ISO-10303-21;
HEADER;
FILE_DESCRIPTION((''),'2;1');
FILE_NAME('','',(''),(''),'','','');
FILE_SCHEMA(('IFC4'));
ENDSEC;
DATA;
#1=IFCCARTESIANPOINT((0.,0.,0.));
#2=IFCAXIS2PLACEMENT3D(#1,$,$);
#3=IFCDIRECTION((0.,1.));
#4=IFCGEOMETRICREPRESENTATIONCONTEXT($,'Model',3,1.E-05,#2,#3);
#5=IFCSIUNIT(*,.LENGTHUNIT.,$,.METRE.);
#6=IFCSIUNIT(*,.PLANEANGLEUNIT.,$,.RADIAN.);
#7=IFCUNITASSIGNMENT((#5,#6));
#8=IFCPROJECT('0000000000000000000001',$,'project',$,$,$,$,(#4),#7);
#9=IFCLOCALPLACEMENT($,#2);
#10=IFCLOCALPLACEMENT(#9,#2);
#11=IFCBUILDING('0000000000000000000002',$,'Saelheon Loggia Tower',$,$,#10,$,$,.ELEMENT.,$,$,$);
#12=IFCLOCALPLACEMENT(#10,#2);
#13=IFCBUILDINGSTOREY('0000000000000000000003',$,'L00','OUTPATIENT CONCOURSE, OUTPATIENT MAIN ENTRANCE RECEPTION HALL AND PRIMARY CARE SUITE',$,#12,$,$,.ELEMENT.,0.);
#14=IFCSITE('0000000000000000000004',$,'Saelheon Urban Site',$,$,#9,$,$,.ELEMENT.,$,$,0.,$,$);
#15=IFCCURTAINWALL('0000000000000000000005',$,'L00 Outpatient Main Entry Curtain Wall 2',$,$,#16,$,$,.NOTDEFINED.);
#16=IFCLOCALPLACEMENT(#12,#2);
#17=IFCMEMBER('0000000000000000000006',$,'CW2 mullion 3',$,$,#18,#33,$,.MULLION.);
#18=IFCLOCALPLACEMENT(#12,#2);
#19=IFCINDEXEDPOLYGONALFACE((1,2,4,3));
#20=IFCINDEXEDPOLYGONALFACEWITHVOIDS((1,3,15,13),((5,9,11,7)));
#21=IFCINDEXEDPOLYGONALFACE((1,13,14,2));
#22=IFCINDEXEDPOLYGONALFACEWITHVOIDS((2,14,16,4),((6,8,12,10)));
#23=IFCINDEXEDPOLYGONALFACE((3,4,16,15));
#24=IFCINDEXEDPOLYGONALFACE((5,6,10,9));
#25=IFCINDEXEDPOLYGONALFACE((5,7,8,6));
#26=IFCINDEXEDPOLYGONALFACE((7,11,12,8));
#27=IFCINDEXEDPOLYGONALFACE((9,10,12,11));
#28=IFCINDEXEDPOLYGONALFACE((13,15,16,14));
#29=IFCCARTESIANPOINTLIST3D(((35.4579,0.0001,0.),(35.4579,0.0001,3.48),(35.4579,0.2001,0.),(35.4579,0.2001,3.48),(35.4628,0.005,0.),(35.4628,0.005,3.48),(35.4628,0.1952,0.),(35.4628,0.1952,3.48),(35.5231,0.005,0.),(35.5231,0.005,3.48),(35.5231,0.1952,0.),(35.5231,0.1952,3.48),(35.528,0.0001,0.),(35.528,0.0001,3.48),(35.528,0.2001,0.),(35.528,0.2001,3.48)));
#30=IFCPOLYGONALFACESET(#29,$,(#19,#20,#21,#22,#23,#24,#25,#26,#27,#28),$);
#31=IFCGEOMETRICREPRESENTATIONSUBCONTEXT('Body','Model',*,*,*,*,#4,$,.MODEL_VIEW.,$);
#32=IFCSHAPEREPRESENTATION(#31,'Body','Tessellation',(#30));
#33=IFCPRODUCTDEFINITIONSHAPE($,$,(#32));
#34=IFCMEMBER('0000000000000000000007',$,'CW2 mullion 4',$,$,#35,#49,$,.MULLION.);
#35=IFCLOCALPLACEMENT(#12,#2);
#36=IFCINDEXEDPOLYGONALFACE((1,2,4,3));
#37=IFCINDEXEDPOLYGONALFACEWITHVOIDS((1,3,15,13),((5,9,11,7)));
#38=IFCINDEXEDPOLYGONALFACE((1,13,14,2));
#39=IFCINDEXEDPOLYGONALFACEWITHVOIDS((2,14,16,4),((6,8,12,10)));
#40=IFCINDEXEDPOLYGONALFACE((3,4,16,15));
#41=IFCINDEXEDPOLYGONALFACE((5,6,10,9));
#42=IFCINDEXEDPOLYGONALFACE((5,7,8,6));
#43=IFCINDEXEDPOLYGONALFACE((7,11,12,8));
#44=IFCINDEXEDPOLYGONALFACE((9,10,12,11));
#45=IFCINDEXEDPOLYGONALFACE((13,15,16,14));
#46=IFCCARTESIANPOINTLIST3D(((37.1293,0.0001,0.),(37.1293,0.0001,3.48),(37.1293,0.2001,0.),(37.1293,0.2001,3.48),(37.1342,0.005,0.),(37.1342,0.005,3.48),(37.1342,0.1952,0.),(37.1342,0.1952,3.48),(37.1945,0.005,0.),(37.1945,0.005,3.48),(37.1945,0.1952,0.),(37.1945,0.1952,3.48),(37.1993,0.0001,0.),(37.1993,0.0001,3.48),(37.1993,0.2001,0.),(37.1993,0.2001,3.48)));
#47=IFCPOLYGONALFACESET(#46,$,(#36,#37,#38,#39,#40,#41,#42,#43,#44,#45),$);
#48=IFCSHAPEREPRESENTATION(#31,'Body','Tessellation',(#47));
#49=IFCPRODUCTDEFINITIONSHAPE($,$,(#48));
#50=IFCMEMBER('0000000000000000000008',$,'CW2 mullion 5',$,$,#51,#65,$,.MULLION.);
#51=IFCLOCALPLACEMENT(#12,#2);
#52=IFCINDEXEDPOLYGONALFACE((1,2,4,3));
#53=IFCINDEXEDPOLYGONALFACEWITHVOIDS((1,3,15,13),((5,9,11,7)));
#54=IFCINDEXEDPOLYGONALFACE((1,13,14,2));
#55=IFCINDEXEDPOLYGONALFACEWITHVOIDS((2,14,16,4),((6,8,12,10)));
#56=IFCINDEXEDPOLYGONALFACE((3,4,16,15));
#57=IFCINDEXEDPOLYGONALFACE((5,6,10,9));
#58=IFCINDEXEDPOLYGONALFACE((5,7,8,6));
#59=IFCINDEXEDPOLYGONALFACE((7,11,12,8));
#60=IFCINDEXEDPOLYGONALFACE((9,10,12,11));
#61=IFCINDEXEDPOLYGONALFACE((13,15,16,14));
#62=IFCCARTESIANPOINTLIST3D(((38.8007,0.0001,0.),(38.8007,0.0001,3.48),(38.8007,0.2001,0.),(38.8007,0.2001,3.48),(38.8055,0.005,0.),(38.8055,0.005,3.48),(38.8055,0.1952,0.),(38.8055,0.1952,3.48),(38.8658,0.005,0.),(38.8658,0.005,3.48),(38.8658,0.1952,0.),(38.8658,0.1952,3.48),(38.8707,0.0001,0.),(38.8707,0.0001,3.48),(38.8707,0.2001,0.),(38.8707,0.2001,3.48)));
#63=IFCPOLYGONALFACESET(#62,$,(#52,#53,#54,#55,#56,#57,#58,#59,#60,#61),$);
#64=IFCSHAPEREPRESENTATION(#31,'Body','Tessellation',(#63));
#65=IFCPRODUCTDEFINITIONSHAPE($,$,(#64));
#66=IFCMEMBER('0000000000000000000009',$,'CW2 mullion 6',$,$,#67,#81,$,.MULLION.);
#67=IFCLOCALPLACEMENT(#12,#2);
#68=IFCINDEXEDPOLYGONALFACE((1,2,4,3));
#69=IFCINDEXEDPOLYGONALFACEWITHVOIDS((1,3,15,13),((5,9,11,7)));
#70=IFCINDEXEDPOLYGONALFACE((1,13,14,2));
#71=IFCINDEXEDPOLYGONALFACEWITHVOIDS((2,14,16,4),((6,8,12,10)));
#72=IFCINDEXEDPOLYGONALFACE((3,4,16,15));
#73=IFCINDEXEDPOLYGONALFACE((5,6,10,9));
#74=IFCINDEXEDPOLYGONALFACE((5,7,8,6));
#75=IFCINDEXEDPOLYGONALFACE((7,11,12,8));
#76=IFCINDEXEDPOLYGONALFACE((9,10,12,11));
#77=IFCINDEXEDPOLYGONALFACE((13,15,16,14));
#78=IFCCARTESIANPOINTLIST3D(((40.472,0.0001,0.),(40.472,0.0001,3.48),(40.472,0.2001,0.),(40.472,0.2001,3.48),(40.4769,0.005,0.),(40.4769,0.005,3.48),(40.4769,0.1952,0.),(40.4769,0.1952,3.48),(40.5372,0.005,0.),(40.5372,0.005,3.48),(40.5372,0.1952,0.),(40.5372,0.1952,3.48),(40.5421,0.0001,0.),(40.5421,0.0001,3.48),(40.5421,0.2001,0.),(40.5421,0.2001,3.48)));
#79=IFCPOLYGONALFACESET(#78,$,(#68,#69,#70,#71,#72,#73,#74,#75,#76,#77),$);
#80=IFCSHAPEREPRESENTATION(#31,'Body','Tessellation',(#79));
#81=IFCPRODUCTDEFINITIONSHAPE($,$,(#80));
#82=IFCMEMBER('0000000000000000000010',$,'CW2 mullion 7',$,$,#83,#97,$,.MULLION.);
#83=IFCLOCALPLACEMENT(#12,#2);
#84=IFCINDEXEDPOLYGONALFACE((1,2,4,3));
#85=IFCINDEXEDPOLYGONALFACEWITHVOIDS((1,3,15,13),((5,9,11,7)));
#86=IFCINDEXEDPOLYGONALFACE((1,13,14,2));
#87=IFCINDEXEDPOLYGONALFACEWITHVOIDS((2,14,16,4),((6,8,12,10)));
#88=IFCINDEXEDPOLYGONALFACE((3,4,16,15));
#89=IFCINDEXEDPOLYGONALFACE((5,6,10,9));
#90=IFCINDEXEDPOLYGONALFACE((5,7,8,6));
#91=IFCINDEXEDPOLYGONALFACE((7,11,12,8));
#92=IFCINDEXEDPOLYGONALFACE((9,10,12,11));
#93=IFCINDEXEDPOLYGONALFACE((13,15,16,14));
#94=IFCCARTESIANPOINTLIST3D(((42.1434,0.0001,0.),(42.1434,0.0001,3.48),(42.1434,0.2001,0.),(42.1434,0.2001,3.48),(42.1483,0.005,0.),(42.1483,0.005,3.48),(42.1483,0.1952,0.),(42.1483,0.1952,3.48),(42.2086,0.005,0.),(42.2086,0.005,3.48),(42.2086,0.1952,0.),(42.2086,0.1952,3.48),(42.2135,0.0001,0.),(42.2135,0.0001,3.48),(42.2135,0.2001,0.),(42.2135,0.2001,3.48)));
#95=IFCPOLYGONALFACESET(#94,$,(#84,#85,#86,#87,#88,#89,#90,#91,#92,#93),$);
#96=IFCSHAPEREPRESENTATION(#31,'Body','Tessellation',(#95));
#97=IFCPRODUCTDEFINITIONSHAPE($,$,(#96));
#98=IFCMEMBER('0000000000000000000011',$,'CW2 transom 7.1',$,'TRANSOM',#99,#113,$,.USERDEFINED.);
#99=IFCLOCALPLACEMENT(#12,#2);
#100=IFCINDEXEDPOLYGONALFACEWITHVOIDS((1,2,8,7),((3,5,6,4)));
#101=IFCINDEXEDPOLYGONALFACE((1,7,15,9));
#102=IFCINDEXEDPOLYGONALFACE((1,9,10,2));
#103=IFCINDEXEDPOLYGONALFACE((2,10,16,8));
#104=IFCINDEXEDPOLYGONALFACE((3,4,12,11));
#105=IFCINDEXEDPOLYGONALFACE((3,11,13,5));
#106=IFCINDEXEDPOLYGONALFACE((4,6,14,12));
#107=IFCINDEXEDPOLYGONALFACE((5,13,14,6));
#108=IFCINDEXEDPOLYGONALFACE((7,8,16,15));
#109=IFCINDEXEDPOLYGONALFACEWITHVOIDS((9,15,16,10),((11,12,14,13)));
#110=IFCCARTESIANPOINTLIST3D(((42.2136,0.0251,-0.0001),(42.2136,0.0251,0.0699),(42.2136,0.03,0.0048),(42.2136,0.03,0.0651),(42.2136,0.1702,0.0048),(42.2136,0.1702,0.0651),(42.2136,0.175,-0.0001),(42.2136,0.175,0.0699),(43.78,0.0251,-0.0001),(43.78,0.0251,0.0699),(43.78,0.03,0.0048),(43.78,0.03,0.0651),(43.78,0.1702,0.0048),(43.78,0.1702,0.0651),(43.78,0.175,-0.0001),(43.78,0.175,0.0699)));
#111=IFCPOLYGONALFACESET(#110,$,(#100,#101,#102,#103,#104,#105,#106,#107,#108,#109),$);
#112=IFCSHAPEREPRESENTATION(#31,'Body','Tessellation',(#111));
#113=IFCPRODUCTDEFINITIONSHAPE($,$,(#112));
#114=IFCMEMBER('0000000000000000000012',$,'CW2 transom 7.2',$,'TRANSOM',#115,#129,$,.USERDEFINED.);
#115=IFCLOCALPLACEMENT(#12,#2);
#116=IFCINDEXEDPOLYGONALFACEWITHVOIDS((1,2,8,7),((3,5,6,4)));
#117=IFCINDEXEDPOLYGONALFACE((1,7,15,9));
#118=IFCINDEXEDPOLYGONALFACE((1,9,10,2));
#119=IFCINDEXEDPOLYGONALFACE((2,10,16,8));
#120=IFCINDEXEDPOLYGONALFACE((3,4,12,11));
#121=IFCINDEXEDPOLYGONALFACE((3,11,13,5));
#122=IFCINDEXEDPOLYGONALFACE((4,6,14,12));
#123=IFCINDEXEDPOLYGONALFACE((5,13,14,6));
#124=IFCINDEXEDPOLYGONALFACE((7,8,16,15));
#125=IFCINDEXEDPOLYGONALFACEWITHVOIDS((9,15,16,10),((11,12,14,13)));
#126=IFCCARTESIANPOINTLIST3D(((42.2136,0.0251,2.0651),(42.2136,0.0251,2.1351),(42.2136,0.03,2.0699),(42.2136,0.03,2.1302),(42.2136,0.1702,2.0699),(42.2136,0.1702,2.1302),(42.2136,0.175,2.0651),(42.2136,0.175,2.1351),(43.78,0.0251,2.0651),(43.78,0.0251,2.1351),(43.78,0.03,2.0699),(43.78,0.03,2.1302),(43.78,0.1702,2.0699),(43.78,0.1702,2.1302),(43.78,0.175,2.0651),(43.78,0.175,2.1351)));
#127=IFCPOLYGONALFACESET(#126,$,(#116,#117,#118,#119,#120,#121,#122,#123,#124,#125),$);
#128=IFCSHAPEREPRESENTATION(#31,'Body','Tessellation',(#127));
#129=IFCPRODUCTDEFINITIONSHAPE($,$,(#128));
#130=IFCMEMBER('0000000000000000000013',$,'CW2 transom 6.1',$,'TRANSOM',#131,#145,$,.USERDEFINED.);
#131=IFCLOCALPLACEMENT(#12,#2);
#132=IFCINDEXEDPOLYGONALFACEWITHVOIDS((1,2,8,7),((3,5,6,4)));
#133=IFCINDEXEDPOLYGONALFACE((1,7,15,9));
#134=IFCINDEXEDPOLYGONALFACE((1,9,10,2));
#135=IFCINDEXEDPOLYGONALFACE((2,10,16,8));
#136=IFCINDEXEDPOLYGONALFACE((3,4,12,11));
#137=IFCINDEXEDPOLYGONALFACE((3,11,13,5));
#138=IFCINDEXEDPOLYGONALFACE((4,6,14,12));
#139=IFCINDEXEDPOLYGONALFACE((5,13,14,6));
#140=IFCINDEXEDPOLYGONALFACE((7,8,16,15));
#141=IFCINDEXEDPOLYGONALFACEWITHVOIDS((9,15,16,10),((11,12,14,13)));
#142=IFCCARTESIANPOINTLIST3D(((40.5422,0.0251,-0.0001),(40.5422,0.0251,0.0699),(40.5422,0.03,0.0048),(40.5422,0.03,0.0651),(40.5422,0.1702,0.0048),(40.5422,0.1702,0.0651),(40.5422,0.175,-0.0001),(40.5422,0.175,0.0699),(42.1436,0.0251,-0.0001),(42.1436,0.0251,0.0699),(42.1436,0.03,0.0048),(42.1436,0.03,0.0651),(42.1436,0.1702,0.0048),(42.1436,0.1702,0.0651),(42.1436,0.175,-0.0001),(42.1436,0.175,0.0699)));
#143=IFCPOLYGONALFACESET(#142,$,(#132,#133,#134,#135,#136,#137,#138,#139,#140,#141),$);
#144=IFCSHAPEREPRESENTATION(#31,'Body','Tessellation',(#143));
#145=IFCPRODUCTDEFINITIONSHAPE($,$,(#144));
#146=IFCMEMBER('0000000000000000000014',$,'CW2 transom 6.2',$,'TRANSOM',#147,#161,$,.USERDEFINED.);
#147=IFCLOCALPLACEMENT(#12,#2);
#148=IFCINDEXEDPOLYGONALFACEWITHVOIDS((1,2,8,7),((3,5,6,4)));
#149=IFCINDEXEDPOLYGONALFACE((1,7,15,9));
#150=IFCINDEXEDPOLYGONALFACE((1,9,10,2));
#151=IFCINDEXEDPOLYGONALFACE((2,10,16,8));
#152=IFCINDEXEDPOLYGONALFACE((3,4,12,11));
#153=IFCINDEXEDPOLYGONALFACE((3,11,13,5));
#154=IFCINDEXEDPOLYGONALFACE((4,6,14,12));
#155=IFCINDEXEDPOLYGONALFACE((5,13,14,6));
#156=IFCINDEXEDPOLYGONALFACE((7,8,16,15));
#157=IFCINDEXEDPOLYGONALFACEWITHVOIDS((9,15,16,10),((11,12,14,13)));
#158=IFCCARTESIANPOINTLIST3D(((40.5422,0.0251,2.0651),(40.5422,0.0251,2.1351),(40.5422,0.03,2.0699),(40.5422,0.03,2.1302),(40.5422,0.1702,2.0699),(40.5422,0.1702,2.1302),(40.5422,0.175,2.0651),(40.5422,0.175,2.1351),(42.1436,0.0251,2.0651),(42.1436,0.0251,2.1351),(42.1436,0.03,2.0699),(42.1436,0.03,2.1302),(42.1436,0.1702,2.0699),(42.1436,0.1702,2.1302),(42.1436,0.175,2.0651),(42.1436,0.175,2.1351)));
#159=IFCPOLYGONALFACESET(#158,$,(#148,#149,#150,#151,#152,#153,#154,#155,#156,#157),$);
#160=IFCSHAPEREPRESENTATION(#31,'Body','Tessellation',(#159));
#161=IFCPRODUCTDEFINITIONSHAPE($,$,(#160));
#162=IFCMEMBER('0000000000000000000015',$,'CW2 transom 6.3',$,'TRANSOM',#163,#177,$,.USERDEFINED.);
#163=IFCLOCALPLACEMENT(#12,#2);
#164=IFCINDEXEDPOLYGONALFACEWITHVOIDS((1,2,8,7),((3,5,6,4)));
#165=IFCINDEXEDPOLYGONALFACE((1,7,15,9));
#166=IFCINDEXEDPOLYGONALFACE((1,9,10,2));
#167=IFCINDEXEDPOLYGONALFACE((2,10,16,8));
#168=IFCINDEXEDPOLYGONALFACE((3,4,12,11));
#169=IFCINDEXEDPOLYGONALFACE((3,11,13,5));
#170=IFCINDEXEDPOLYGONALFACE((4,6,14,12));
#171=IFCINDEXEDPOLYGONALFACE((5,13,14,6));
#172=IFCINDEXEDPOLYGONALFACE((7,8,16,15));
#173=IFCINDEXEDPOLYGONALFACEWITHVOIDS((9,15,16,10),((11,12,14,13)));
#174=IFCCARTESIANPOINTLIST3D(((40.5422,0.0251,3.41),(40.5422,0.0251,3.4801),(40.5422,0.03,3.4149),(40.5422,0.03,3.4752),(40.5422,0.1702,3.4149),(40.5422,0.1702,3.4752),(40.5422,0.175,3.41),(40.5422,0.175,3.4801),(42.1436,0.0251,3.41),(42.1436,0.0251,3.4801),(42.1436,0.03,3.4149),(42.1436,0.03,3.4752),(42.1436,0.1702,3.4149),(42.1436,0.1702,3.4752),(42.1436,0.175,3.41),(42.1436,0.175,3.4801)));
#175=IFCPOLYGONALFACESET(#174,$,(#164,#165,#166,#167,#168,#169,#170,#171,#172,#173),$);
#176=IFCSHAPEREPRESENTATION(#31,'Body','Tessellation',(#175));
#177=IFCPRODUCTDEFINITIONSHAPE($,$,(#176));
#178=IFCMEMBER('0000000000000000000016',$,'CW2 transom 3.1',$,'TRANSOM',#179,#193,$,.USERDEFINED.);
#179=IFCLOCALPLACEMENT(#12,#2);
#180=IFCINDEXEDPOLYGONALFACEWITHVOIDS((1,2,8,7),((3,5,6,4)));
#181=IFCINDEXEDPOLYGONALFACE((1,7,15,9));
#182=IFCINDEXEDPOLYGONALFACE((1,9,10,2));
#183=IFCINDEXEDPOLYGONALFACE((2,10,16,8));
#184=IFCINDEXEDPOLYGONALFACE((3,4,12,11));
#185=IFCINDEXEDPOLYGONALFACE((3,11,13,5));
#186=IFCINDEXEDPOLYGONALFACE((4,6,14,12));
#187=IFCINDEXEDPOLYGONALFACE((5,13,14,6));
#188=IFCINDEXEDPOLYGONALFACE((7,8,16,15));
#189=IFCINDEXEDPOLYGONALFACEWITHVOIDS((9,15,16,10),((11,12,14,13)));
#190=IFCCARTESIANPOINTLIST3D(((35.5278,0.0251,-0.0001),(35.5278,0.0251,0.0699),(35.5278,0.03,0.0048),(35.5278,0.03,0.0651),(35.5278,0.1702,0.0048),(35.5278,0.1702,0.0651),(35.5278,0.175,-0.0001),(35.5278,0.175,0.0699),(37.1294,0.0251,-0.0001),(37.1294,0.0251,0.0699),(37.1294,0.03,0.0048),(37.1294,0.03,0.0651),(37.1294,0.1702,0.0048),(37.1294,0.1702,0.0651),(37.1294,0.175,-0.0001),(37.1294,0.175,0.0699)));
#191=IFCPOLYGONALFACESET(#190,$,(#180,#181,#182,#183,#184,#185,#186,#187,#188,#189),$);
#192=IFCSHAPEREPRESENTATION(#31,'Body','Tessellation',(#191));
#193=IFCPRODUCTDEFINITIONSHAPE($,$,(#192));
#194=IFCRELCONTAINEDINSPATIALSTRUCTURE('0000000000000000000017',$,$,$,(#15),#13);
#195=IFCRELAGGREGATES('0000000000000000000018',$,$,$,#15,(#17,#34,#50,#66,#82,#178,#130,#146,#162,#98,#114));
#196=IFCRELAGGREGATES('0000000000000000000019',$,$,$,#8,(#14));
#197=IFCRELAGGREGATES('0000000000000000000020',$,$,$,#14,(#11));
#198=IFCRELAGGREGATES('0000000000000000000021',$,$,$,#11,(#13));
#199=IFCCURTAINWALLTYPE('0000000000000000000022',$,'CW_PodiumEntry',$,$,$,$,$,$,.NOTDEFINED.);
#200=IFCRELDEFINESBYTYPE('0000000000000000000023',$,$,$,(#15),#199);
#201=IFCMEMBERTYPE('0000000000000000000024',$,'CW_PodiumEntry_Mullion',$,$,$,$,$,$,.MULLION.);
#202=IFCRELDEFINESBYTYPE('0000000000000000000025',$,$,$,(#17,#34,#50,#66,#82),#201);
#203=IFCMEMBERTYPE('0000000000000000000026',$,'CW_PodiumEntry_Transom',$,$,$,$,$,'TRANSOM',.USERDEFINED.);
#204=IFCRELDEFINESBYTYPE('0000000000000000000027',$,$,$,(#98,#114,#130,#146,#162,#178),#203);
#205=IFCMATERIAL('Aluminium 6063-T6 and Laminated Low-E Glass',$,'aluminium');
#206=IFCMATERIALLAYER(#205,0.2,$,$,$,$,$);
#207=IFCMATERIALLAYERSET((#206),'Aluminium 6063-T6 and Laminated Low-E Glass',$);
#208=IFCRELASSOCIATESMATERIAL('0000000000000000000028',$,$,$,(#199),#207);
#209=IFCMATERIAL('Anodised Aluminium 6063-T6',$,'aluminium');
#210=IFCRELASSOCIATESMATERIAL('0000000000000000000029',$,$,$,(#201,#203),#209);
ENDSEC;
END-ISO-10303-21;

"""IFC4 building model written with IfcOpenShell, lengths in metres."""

from ifc_helpers import new_model, si_unit, direction, frame, origin, origin_2d, place, context, subcontext, project, spatial, hollow_rectangle, extrude, source, transform, mapped, material, layer, layer_set, material_profile, profile_set, type_object, element, aggregate, save


model = new_model("IFC4")

# Units and contexts
model_context = context("Model", 3, precision=1e-05, world=origin(), true_north=direction((0.0, 1.0)))
body_context = subcontext(model_context, "Body", "Model", "MODEL_VIEW")
ifc_project = project(units=[si_unit("LENGTHUNIT", "METRE"), si_unit("PLANEANGLEUNIT", "RADIAN")], contexts=[model_context])

# Site, building, storey
site_placement = place(None, origin())
site = spatial("IfcSite", under=ifc_project, at=site_placement, Name="Saelheon Urban Site", CompositionType="ELEMENT", RefElevation=0.0)
building_placement = place(site_placement, origin())
building = spatial("IfcBuilding", under=site, at=building_placement, Name="Saelheon Loggia Tower", CompositionType="ELEMENT")
storey_placement = place(building_placement, origin())
storey = spatial("IfcBuildingStorey", under=building, at=storey_placement, Name="L00", Description="OUTPATIENT CONCOURSE, OUTPATIENT MAIN ENTRANCE RECEPTION HALL AND PRIMARY CARE SUITE", CompositionType="ELEMENT", Elevation=0.0)

# Curtain wall, members
ifc_material_1 = material(Name="Aluminium 6063-T6 and Laminated Low-E Glass", Category="aluminium")
ifc_layer_1 = layer(ifc_material_1, 0.2)
ifc_layer_set_1 = layer_set([ifc_layer_1], Name="Aluminium 6063-T6 and Laminated Low-E Glass")
curtain_wall_type = type_object("IfcCurtainWallType", Name="CW_PodiumEntry", PredefinedType="NOTDEFINED", material=ifc_layer_set_1)
curtain_wall_placement = place(storey_placement, origin())
curtain_wall = element("IfcCurtainWall", 1, at=curtain_wall_placement, inside=storey, type_object=curtain_wall_type, Name="L00 Outpatient Main Entry Curtain Wall 2", PredefinedType="NOTDEFINED")
ifc_material_2 = material(Name="Anodised Aluminium 6063-T6", Category="aluminium")
ifc_material_profile_1 = material_profile(ifc_material_2, hollow_rectangle(XDim=0.0701, YDim=0.2, WallThickness=0.0049, at=origin_2d()), Name="RHS-200x70x5")
ifc_profile_set_1 = profile_set([ifc_material_profile_1], Name="Anodised Aluminium 6063-T6")
member_type_1 = type_object("IfcMemberType", Name="CW_PodiumEntry_Mullion", PredefinedType="MULLION", material=ifc_profile_set_1)
shared_shape_1 = source(origin(), body_context, "Body", "SweptSolid", [
    extrude(hollow_rectangle(XDim=0.0701, YDim=0.2, WallThickness=0.0049, at=origin_2d()), origin(), (0.0, 0.0, 1.0), 3.48),
])
member_1_placement = place(storey_placement, frame((35.4929, 0.1001, 0.0), z_axis=(0.0, 0.0, 1.0), x_axis=(1.0, 0.0, 0.0)))
member_1 = element("IfcMember", 2, at=member_1_placement, type_object=member_type_1, Name="CW2 mullion 3", PredefinedType="MULLION", context=body_context, shape_type="MappedRepresentation", body=[
    mapped(shared_shape_1, transform((0.0, 0.0, 0.0), scale=1.0)),
])
member_2_placement = place(storey_placement, frame((37.1643, 0.1001, 0.0), z_axis=(0.0, 0.0, 1.0), x_axis=(1.0, 0.0, 0.0)))
member_2 = element("IfcMember", 3, at=member_2_placement, type_object=member_type_1, Name="CW2 mullion 4", PredefinedType="MULLION", context=body_context, shape_type="MappedRepresentation", body=[
    mapped(shared_shape_1, transform((0.0, 0.0, 0.0), scale=1.0)),
])
member_3_placement = place(storey_placement, frame((38.8357, 0.1001, 0.0), z_axis=(0.0, 0.0, 1.0), x_axis=(1.0, 0.0, 0.0)))
member_3 = element("IfcMember", 4, at=member_3_placement, type_object=member_type_1, Name="CW2 mullion 5", PredefinedType="MULLION", context=body_context, shape_type="MappedRepresentation", body=[
    mapped(shared_shape_1, transform((0.0, 0.0, 0.0), scale=1.0)),
])
member_4_placement = place(storey_placement, frame((40.5071, 0.1001, 0.0), z_axis=(0.0, 0.0, 1.0), x_axis=(1.0, 0.0, 0.0)))
member_4 = element("IfcMember", 5, at=member_4_placement, type_object=member_type_1, Name="CW2 mullion 6", PredefinedType="MULLION", context=body_context, shape_type="MappedRepresentation", body=[
    mapped(shared_shape_1, transform((0.0, 0.0, 0.0), scale=1.0)),
])
member_5_placement = place(storey_placement, frame((42.1785, 0.1001, 0.0), z_axis=(0.0, 0.0, 1.0), x_axis=(1.0, 0.0, 0.0)))
member_5 = element("IfcMember", 6, at=member_5_placement, type_object=member_type_1, Name="CW2 mullion 7", PredefinedType="MULLION", context=body_context, shape_type="MappedRepresentation", body=[
    mapped(shared_shape_1, transform((0.0, 0.0, 0.0), scale=1.0)),
])
ifc_material_profile_2 = material_profile(ifc_material_2, hollow_rectangle(XDim=0.0701, YDim=0.1499, WallThickness=0.0049, at=origin_2d()), Name="RHS-150x70x5")
ifc_profile_set_2 = profile_set([ifc_material_profile_2], Name="Anodised Aluminium 6063-T6")
member_type_2 = type_object("IfcMemberType", Name="CW_PodiumEntry_Transom", ElementType="TRANSOM", PredefinedType="USERDEFINED", material=ifc_profile_set_2)
shared_shape_2 = source(origin(), body_context, "Body", "SweptSolid", [
    extrude(hollow_rectangle(XDim=0.0701, YDim=0.1499, WallThickness=0.0049, at=origin_2d()), origin(), (0.0, 0.0, 1.0), 1.5664),
])
member_6_placement = place(storey_placement, frame((42.2136, 0.1001, 0.0349), z_axis=(1.0, 0.0, 0.0), x_axis=(0.0, 0.0, 1.0)))
member_6 = element("IfcMember", 7, at=member_6_placement, type_object=member_type_2, Name="CW2 transom 7.1", ObjectType="TRANSOM", PredefinedType="USERDEFINED", context=body_context, shape_type="MappedRepresentation", body=[
    mapped(shared_shape_2, transform((0.0, 0.0, 0.0), scale=1.0)),
])
member_7_placement = place(storey_placement, frame((42.2136, 0.1001, 2.1001), z_axis=(1.0, 0.0, 0.0), x_axis=(0.0, 0.0, 1.0)))
member_7 = element("IfcMember", 8, at=member_7_placement, type_object=member_type_2, Name="CW2 transom 7.2", ObjectType="TRANSOM", PredefinedType="USERDEFINED", context=body_context, shape_type="MappedRepresentation", body=[
    mapped(shared_shape_2, transform((0.0, 0.0, 0.0), scale=1.0)),
])
shared_shape_3 = source(origin(), body_context, "Body", "SweptSolid", [
    extrude(hollow_rectangle(XDim=0.0701, YDim=0.1499, WallThickness=0.0049, at=origin_2d()), origin(), (0.0, 0.0, 1.0), 1.6013),
])
member_8_placement = place(storey_placement, frame((40.5422, 0.1001, 0.0349), z_axis=(1.0, 0.0, 0.0), x_axis=(0.0, 0.0, 1.0)))
member_8 = element("IfcMember", 9, at=member_8_placement, type_object=member_type_2, Name="CW2 transom 6.1", ObjectType="TRANSOM", PredefinedType="USERDEFINED", context=body_context, shape_type="MappedRepresentation", body=[
    mapped(shared_shape_3, transform((0.0, 0.0, 0.0), scale=1.0)),
])
member_9_placement = place(storey_placement, frame((40.5422, 0.1001, 2.1001), z_axis=(1.0, 0.0, 0.0), x_axis=(0.0, 0.0, 1.0)))
member_9 = element("IfcMember", 10, at=member_9_placement, type_object=member_type_2, Name="CW2 transom 6.2", ObjectType="TRANSOM", PredefinedType="USERDEFINED", context=body_context, shape_type="MappedRepresentation", body=[
    mapped(shared_shape_3, transform((0.0, 0.0, 0.0), scale=1.0)),
])
member_10_placement = place(storey_placement, frame((40.5422, 0.1001, 3.4451), z_axis=(1.0, 0.0, 0.0), x_axis=(0.0, 0.0, 1.0)))
member_10 = element("IfcMember", 11, at=member_10_placement, type_object=member_type_2, Name="CW2 transom 6.3", ObjectType="TRANSOM", PredefinedType="USERDEFINED", context=body_context, shape_type="MappedRepresentation", body=[
    mapped(shared_shape_3, transform((0.0, 0.0, 0.0), scale=1.0)),
])
shared_shape_4 = source(origin(), body_context, "Body", "SweptSolid", [
    extrude(hollow_rectangle(XDim=0.0701, YDim=0.1499, WallThickness=0.0049, at=origin_2d()), origin(), (0.0, 0.0, 1.0), 1.6016),
])
member_11_placement = place(storey_placement, frame((35.5278, 0.1001, 0.0349), z_axis=(1.0, 0.0, 0.0), x_axis=(0.0, 0.0, 1.0)))
member_11 = element("IfcMember", 12, at=member_11_placement, type_object=member_type_2, Name="CW2 transom 3.1", ObjectType="TRANSOM", PredefinedType="USERDEFINED", context=body_context, shape_type="MappedRepresentation", body=[
    mapped(shared_shape_4, transform((0.0, 0.0, 0.0), scale=1.0)),
])
aggregate(curtain_wall, [member_1, member_2, member_3, member_4, member_5, member_11, member_8, member_9, member_10, member_6, member_7])

save(model, "model.ifc")
